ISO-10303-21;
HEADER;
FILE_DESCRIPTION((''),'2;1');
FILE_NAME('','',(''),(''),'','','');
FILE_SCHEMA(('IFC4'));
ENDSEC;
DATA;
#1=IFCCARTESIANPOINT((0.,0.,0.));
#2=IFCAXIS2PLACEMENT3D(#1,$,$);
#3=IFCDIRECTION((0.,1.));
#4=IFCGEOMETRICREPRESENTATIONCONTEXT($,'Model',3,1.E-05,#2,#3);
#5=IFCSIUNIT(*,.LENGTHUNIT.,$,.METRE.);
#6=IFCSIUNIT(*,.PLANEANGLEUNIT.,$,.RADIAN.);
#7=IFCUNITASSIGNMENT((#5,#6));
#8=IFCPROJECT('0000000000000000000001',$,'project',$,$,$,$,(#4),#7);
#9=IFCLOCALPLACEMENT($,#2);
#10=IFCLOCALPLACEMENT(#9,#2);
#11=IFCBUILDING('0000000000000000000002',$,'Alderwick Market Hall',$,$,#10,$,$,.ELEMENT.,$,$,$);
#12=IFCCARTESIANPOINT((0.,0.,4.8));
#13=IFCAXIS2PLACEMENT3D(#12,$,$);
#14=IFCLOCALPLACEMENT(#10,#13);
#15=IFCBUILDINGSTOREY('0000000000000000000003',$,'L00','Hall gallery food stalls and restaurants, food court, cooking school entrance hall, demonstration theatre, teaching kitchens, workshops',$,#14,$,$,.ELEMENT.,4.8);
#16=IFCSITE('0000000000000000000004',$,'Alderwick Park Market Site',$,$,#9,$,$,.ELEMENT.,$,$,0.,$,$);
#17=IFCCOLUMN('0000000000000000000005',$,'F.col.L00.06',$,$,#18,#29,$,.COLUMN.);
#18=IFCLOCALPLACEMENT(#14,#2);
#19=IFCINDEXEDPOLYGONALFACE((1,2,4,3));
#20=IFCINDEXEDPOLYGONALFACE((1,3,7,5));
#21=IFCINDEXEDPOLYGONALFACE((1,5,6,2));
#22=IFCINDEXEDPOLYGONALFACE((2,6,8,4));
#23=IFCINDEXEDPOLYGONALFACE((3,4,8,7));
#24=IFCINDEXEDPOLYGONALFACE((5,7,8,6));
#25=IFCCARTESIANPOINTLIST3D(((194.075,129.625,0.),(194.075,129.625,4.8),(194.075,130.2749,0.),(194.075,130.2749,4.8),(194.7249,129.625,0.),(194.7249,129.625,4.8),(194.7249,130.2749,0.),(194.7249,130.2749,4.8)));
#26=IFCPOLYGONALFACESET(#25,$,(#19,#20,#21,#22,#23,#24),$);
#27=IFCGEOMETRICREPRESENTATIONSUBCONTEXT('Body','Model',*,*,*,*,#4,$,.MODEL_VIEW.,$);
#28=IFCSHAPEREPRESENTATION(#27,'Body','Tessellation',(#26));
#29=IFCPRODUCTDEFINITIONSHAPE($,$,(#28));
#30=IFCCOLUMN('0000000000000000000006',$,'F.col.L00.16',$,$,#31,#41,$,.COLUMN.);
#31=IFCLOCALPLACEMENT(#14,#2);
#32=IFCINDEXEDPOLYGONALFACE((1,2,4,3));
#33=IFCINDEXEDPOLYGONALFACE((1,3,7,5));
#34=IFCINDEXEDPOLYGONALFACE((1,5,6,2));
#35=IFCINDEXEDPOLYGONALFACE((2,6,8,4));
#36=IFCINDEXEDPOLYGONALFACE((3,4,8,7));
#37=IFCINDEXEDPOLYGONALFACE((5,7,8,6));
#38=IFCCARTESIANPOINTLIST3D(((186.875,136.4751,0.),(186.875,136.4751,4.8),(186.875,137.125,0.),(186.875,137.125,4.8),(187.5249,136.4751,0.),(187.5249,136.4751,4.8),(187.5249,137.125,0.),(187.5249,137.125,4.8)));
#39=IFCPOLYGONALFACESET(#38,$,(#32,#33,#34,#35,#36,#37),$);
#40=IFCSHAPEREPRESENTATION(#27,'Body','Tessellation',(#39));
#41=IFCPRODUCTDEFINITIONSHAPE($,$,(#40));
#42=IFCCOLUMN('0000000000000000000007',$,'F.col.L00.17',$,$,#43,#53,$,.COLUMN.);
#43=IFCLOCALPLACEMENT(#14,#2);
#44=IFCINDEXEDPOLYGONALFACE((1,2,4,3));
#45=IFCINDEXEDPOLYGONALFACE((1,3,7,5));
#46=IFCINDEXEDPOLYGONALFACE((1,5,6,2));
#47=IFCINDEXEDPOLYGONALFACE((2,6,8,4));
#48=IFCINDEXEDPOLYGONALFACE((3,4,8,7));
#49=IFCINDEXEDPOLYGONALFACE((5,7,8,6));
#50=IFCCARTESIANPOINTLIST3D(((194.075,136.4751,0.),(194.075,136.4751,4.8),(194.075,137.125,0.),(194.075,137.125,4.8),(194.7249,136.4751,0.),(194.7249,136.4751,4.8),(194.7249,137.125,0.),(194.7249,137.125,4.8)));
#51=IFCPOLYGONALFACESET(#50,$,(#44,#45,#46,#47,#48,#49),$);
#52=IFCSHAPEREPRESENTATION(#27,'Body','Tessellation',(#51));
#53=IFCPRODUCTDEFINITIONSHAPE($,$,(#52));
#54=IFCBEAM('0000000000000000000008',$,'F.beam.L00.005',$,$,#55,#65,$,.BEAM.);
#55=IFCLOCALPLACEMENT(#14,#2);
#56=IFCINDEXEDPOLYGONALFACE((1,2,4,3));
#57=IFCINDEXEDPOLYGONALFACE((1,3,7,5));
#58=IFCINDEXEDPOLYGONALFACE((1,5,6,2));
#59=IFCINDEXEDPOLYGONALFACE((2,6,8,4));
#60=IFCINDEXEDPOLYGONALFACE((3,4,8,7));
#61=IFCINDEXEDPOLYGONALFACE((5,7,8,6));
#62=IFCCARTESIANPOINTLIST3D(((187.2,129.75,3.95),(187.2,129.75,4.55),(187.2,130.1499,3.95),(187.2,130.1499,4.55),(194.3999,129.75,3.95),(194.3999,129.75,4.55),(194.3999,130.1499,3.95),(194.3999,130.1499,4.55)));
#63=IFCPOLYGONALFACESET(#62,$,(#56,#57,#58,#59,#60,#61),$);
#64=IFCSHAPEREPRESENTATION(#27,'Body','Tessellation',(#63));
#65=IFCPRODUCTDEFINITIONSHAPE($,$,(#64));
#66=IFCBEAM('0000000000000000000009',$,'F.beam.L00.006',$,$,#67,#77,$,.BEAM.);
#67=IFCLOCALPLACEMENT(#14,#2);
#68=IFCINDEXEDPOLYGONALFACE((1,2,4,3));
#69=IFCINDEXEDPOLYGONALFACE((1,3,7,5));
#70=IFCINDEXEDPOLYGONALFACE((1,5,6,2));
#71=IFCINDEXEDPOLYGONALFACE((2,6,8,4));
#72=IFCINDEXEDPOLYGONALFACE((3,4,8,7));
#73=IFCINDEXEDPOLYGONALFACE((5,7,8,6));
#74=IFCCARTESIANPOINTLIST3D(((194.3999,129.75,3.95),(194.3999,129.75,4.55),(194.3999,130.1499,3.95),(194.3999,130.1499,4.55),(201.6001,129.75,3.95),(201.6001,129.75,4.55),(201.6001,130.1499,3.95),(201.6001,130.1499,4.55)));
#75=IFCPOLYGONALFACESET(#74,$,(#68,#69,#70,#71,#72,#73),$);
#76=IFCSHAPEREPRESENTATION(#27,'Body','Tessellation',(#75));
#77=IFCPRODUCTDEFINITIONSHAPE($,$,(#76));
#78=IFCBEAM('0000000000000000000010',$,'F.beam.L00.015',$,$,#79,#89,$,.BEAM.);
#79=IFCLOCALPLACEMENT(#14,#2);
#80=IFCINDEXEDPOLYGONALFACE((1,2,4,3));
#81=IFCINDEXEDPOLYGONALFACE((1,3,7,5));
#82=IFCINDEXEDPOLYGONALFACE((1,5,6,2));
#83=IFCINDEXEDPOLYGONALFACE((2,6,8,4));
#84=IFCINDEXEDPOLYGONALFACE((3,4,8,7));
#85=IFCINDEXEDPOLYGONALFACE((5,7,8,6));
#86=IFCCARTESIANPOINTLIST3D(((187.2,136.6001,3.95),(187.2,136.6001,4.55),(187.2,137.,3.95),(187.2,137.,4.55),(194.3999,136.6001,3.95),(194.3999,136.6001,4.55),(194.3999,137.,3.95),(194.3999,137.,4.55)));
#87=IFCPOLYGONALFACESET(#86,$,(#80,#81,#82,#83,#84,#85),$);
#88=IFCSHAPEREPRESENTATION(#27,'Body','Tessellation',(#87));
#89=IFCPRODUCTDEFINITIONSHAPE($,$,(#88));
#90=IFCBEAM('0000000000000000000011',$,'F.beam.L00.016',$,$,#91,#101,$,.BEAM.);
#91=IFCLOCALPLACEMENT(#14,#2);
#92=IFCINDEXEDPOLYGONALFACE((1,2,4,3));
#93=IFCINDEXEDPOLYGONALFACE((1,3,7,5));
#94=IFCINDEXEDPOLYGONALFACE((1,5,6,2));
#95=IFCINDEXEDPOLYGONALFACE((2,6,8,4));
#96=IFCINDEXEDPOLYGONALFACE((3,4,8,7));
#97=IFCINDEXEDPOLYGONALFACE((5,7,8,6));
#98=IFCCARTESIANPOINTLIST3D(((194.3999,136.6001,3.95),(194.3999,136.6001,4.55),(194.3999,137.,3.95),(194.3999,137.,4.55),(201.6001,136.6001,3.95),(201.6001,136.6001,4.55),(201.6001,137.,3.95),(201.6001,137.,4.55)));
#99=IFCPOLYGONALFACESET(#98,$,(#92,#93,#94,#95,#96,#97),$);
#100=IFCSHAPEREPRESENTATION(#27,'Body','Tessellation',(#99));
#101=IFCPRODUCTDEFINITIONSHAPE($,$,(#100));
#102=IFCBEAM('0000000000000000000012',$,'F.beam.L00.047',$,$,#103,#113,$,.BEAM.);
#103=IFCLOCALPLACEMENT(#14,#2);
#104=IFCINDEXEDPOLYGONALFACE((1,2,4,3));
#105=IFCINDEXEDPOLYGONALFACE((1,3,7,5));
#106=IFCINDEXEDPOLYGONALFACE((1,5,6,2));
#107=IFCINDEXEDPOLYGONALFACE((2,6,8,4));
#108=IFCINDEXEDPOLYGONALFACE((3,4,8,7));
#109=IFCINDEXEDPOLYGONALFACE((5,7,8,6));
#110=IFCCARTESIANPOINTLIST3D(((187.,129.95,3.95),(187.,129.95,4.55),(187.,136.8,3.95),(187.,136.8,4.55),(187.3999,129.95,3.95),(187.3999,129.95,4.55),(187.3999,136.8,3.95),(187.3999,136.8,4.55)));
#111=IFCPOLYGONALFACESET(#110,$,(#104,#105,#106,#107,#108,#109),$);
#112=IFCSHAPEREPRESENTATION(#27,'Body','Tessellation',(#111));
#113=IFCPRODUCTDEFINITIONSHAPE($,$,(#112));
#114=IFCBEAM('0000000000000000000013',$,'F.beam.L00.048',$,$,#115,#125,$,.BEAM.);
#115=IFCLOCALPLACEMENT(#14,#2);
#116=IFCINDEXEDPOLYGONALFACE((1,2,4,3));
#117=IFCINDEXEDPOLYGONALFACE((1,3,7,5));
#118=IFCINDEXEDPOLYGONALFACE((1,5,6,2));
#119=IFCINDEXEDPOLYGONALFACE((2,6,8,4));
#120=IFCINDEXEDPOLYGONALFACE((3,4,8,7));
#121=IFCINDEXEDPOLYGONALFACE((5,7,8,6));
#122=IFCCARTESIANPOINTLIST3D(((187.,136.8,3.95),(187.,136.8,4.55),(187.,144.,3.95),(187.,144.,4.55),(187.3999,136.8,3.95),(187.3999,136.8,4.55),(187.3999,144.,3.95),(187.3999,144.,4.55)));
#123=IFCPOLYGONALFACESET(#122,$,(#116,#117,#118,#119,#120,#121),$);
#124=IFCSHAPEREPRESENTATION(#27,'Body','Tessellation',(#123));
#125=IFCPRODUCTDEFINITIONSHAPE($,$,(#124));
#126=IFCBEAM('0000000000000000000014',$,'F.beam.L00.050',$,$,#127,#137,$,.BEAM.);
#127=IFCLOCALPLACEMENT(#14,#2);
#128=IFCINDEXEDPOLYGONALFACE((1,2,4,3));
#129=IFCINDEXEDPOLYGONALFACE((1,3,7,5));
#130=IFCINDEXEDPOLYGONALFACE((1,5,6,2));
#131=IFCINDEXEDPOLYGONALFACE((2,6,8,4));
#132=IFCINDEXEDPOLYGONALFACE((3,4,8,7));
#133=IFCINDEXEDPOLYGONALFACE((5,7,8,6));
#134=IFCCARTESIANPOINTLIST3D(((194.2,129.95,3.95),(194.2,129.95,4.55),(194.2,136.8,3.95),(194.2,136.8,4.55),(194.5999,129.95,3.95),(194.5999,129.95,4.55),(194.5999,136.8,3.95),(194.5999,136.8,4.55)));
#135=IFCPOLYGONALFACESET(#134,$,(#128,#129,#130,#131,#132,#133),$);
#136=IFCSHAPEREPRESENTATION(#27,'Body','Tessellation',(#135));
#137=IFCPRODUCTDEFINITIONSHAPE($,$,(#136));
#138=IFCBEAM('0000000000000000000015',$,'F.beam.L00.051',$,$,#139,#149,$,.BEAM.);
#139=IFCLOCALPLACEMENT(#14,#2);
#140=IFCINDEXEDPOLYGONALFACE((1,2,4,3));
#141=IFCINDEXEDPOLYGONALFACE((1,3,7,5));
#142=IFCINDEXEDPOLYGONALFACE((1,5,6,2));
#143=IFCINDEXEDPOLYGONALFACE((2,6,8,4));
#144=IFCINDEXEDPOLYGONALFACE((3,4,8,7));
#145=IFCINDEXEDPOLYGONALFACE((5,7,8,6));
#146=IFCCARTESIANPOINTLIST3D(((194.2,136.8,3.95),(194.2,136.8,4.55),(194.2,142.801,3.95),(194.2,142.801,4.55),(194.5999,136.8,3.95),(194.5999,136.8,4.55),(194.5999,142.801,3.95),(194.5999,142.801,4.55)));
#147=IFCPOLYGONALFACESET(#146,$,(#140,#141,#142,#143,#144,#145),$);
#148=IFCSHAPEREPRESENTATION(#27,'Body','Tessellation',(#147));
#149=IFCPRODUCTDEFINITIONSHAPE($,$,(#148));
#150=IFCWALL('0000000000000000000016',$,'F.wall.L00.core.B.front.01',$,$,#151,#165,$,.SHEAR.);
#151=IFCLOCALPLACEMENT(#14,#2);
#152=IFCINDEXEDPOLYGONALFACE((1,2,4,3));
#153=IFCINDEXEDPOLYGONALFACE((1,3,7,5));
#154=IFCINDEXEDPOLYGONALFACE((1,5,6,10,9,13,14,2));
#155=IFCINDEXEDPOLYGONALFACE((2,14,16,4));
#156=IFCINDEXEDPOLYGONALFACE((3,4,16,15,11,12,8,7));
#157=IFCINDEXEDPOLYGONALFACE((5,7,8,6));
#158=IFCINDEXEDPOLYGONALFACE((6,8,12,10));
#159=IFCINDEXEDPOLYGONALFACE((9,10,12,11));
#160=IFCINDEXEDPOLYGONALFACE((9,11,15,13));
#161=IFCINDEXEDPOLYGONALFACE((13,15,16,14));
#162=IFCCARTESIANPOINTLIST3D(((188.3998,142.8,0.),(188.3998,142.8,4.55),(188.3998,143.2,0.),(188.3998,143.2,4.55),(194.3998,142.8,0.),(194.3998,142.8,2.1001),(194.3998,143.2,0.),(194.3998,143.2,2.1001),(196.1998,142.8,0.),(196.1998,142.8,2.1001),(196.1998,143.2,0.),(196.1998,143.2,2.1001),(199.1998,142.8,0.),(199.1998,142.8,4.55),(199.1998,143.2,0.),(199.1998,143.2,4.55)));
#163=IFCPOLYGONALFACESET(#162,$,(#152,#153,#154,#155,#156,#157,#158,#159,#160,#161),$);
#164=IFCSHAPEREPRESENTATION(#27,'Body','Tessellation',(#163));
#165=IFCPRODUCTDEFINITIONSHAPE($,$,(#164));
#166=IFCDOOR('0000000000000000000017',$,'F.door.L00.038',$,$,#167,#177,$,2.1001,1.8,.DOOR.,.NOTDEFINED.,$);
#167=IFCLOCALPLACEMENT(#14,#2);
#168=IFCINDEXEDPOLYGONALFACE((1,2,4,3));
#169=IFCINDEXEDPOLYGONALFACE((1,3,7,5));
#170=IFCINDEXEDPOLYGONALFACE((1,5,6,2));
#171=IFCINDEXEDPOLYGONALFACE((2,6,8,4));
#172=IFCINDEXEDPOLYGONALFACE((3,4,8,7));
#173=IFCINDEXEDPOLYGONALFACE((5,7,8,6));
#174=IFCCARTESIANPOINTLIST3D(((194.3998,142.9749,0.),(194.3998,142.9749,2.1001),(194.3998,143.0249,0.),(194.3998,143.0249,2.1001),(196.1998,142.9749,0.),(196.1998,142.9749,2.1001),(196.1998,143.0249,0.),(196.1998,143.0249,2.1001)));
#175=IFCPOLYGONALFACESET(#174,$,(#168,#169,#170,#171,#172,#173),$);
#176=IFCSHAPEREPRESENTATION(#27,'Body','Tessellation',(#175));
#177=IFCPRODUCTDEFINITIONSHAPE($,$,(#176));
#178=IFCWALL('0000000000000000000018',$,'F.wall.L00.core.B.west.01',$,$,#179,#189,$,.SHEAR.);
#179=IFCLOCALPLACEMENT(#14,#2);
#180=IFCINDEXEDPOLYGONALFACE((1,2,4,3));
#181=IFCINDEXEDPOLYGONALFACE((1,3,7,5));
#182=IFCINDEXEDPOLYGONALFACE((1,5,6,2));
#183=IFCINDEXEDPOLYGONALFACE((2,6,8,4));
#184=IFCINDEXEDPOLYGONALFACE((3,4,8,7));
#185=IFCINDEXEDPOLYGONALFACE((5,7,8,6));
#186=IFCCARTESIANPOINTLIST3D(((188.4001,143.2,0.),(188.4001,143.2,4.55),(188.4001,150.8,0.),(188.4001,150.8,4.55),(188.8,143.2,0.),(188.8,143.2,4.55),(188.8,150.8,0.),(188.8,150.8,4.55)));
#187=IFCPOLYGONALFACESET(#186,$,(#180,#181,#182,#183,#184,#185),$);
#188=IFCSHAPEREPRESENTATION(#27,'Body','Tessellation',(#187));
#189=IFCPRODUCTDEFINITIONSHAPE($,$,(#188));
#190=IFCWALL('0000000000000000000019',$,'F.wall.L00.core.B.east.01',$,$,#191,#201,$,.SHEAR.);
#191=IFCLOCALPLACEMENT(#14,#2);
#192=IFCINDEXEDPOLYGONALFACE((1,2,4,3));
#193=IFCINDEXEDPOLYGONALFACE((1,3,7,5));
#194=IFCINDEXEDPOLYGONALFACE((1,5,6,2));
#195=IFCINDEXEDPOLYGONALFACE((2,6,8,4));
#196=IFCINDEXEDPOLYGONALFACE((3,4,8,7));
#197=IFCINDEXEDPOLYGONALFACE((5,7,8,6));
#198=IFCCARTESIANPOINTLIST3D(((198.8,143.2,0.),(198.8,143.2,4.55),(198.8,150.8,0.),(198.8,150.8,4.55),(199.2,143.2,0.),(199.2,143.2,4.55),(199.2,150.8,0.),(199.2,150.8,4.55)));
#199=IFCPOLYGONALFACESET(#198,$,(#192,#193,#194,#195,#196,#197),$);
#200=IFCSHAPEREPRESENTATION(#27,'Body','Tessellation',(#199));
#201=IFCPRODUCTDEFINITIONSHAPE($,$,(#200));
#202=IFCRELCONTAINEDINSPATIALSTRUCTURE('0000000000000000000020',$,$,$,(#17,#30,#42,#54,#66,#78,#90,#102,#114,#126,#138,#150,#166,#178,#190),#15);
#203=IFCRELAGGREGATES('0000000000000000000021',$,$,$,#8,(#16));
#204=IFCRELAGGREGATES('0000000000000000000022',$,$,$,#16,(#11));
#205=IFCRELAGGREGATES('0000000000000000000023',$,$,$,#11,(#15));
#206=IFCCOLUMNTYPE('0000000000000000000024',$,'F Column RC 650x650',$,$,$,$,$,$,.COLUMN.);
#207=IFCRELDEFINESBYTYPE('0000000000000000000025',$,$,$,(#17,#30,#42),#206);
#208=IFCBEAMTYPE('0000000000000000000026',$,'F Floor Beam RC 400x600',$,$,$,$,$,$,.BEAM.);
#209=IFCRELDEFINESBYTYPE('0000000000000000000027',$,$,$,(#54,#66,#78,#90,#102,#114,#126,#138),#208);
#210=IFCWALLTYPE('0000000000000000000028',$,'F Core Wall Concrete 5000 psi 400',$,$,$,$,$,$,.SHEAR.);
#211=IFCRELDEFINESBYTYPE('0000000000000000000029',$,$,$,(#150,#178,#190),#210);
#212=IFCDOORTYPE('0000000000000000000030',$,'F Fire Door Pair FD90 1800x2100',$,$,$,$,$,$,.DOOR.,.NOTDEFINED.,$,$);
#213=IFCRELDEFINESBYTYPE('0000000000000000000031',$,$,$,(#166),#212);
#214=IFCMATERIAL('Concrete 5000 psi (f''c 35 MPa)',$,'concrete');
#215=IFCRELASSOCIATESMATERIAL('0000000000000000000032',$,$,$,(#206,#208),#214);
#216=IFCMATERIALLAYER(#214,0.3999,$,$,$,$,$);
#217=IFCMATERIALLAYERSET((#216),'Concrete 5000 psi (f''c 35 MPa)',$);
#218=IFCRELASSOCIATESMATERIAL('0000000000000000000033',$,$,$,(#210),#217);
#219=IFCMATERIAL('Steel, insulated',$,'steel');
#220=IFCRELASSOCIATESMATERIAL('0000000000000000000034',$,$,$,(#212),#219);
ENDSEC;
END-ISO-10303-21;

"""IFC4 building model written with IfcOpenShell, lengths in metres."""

from ifc_helpers import new_model, si_unit, direction, frame, frame_2d, origin, origin_2d, place, context, subcontext, project, spatial, rectangle, extrude, material, layer, layer_set, material_profile, profile_set, type_object, element, fill, save


model = new_model("IFC4")

# Units and contexts
model_context = context("Model", 3, precision=1e-05, world=origin(), true_north=direction((0.0, 1.0)))
body_context = subcontext(model_context, "Body", "Model", "MODEL_VIEW")
ifc_project = project(units=[si_unit("LENGTHUNIT", "METRE"), si_unit("PLANEANGLEUNIT", "RADIAN")], contexts=[model_context])

# Site, building, storey
site_placement = place(None, origin())
site = spatial("IfcSite", under=ifc_project, at=site_placement, Name="Alderwick Park Market Site", CompositionType="ELEMENT", RefElevation=0.0)
building_placement = place(site_placement, origin())
building = spatial("IfcBuilding", under=site, at=building_placement, Name="Alderwick Market Hall", CompositionType="ELEMENT")
storey_placement = place(building_placement, frame((0.0, 0.0, 4.8)))
storey = spatial("IfcBuildingStorey", under=building, at=storey_placement, Name="L00", Description="Hall gallery food stalls and restaurants, food court, cooking school entrance hall, demonstration theatre, teaching kitchens, workshops", CompositionType="ELEMENT", Elevation=4.8)

# Columns
ifc_material_1 = material(Name="Concrete 5000 psi (f'c 35 MPa)", Category="concrete")
ifc_material_profile_1 = material_profile(ifc_material_1, rectangle(XDim=0.6499, YDim=0.6499, at=origin_2d()), Name="RC 650x650")
ifc_profile_set_1 = profile_set([ifc_material_profile_1], Name="Concrete 5000 psi (f'c 35 MPa)")
column_type = type_object("IfcColumnType", Name="F Column RC 650x650", PredefinedType="COLUMN", material=ifc_profile_set_1)
for number, where, z_axis, x_axis, name in (
    (1, (194.3999, 129.95, 0.0), (0.0, 0.0, 1.0), (1.0, 0.0, 0.0), "F.col.L00.06"),
    (2, (187.2, 136.8, 0.0), (0.0, 0.0, 1.0), (1.0, 0.0, 0.0), "F.col.L00.16"),
    (3, (194.3999, 136.8, 0.0), (0.0, 0.0, 1.0), (1.0, 0.0, 0.0), "F.col.L00.17"),
):
    element("IfcColumn", number, at=place(storey_placement, frame(where, z_axis=z_axis, x_axis=x_axis)), inside=storey, type_object=column_type, Name=name, PredefinedType="COLUMN", context=body_context, shape_type="SweptSolid", body=[
        extrude(rectangle(XDim=0.6499, YDim=0.6499, at=origin_2d()), origin(), (0.0, 0.0, 1.0), 4.8),
    ])

# Beams
ifc_material_profile_2 = material_profile(ifc_material_1, rectangle(XDim=0.3999, YDim=0.6001, at=origin_2d()), Name="RC 400x600")
ifc_profile_set_2 = profile_set([ifc_material_profile_2], Name="Concrete 5000 psi (f'c 35 MPa)")
beam_type = type_object("IfcBeamType", Name="F Floor Beam RC 400x600", PredefinedType="BEAM", material=ifc_profile_set_2)
beam_1_placement = place(storey_placement, frame((187.2, 129.95, 4.25), z_axis=(1.0, 0.0, 0.0), x_axis=(0.0, 1.0, 0.0)))
element("IfcBeam", 4, at=beam_1_placement, inside=storey, type_object=beam_type, Name="F.beam.L00.005", PredefinedType="BEAM", context=body_context, shape_type="SweptSolid", body=[
    extrude(rectangle(XDim=0.3999, YDim=0.6001, at=origin_2d()), origin(), (0.0, 0.0, 1.0), 7.2),
])
beam_2_placement = place(storey_placement, frame((194.3999, 129.95, 4.25), z_axis=(1.0, 0.0, 0.0), x_axis=(0.0, 1.0, 0.0)))
element("IfcBeam", 5, at=beam_2_placement, inside=storey, type_object=beam_type, Name="F.beam.L00.006", PredefinedType="BEAM", context=body_context, shape_type="SweptSolid", body=[
    extrude(rectangle(XDim=0.3999, YDim=0.6001, at=origin_2d()), origin(), (0.0, 0.0, 1.0), 7.2002),
])
beam_3_placement = place(storey_placement, frame((187.2, 136.8, 4.25), z_axis=(1.0, 0.0, 0.0), x_axis=(0.0, 1.0, 0.0)))
element("IfcBeam", 6, at=beam_3_placement, inside=storey, type_object=beam_type, Name="F.beam.L00.015", PredefinedType="BEAM", context=body_context, shape_type="SweptSolid", body=[
    extrude(rectangle(XDim=0.3999, YDim=0.6001, at=origin_2d()), origin(), (0.0, 0.0, 1.0), 7.2),
])
beam_4_placement = place(storey_placement, frame((194.3999, 136.8, 4.25), z_axis=(1.0, 0.0, 0.0), x_axis=(0.0, 1.0, 0.0)))
element("IfcBeam", 7, at=beam_4_placement, inside=storey, type_object=beam_type, Name="F.beam.L00.016", PredefinedType="BEAM", context=body_context, shape_type="SweptSolid", body=[
    extrude(rectangle(XDim=0.3999, YDim=0.6001, at=origin_2d()), origin(), (0.0, 0.0, 1.0), 7.2002),
])
beam_5_placement = place(storey_placement, frame((187.2, 129.95, 4.25), z_axis=(0.0, 1.0, 0.0), x_axis=(-1.0, 0.0, 0.0)))
element("IfcBeam", 8, at=beam_5_placement, inside=storey, type_object=beam_type, Name="F.beam.L00.047", PredefinedType="BEAM", context=body_context, shape_type="SweptSolid", body=[
    extrude(rectangle(XDim=0.3999, YDim=0.6001, at=origin_2d()), origin(), (0.0, 0.0, 1.0), 6.8501),
])
beam_6_placement = place(storey_placement, frame((187.2, 136.8, 4.25), z_axis=(0.0, 1.0, 0.0), x_axis=(-1.0, 0.0, 0.0)))
element("IfcBeam", 9, at=beam_6_placement, inside=storey, type_object=beam_type, Name="F.beam.L00.048", PredefinedType="BEAM", context=body_context, shape_type="SweptSolid", body=[
    extrude(rectangle(XDim=0.3999, YDim=0.6001, at=origin_2d()), origin(), (0.0, 0.0, 1.0), 7.2),
])
beam_7_placement = place(storey_placement, frame((194.3999, 129.95, 4.25), z_axis=(0.0, 1.0, 0.0), x_axis=(-1.0, 0.0, 0.0)))
element("IfcBeam", 10, at=beam_7_placement, inside=storey, type_object=beam_type, Name="F.beam.L00.050", PredefinedType="BEAM", context=body_context, shape_type="SweptSolid", body=[
    extrude(rectangle(XDim=0.3999, YDim=0.6001, at=origin_2d()), origin(), (0.0, 0.0, 1.0), 6.8501),
])
beam_8_placement = place(storey_placement, frame((194.3999, 136.8, 4.25), z_axis=(0.0, 1.0, 0.0), x_axis=(-1.0, 0.0, 0.0)))
element("IfcBeam", 11, at=beam_8_placement, inside=storey, type_object=beam_type, Name="F.beam.L00.051", PredefinedType="BEAM", context=body_context, shape_type="SweptSolid", body=[
    extrude(rectangle(XDim=0.3999, YDim=0.6001, at=origin_2d()), origin(), (0.0, 0.0, 1.0), 6.001),
])

# Wall, opening, door
ifc_layer_1 = layer(ifc_material_1, 0.3999)
ifc_layer_set_1 = layer_set([ifc_layer_1], Name="Concrete 5000 psi (f'c 35 MPa)")
wall_type_1 = type_object("IfcWallType", Name="F Core Wall Concrete 5000 psi 400", PredefinedType="SHEAR", material=ifc_layer_set_1)
wall_1_placement = place(storey_placement, frame((188.3999, 143.0, 0.0), z_axis=(0.0, 0.0, 1.0), x_axis=(1.0, 0.0, 0.0)))
wall_1 = element("IfcWall", 12, at=wall_1_placement, inside=storey, type_object=wall_type_1, Name="F.wall.L00.core.B.front.01", PredefinedType="SHEAR", context=body_context, shape_type="SweptSolid", body=[
    extrude(rectangle(XDim=10.8, YDim=0.3999, at=frame_2d((5.3999, 0.0))), origin(), (0.0, 0.0, 1.0), 4.55),
])
opening_1_placement = place(wall_1_placement, frame((6.0, 0.0, 0.0)))
opening_1 = element("IfcOpeningElement", 13, at=opening_1_placement, cuts=wall_1, PredefinedType="OPENING", context=body_context, shape_type="SweptSolid", body=[
    extrude(rectangle(XDim=1.8, YDim=2.1001, at=frame_2d((0.8999, 1.05))), frame((0.0, 0.21, 0.0), z_axis=(0.0, -1.0, 0.0), x_axis=(1.0, 0.0, 0.0)), (0.0, 0.0, 1.0), 0.4199),
])
ifc_material_2 = material(Name="Steel, insulated", Category="steel")
door_type_1 = type_object("IfcDoorType", Name="F Fire Door Pair FD90 1800x2100", OperationType="NOTDEFINED", PredefinedType="DOOR", material=ifc_material_2)
door_1_placement = place(opening_1_placement, origin())
door_1 = element("IfcDoor", 14, at=door_1_placement, inside=storey, type_object=door_type_1, Name="F.door.L00.038", OperationType="NOTDEFINED", OverallHeight=2.1001, OverallWidth=1.8, PredefinedType="DOOR", context=body_context, shape_type="SweptSolid", body=[
    extrude(rectangle(XDim=1.8, YDim=2.1001, at=frame_2d((0.8999, 1.05))), frame((0.0, 0.0249, 0.0), z_axis=(0.0, -1.0, 0.0), x_axis=(1.0, 0.0, 0.0)), (0.0, 0.0, 1.0), 0.05),
])
fill(opening_1, door_1)

# Walls
for number, where, z_axis, x_axis, name in (
    (15, (188.6001, 143.2, 0.0), (0.0, 0.0, 1.0), (0.0, 1.0, 0.0), "F.wall.L00.core.B.west.01"),
    (16, (199.0, 143.2, 0.0), (0.0, 0.0, 1.0), (0.0, 1.0, 0.0), "F.wall.L00.core.B.east.01"),
):
    element("IfcWall", number, at=place(storey_placement, frame(where, z_axis=z_axis, x_axis=x_axis)), inside=storey, type_object=wall_type_1, Name=name, PredefinedType="SHEAR", context=body_context, shape_type="SweptSolid", body=[
        extrude(rectangle(XDim=7.6001, YDim=0.3999, at=frame_2d((3.8, 0.0))), origin(), (0.0, 0.0, 1.0), 4.55),
    ])

save(model, "model.ifc")
